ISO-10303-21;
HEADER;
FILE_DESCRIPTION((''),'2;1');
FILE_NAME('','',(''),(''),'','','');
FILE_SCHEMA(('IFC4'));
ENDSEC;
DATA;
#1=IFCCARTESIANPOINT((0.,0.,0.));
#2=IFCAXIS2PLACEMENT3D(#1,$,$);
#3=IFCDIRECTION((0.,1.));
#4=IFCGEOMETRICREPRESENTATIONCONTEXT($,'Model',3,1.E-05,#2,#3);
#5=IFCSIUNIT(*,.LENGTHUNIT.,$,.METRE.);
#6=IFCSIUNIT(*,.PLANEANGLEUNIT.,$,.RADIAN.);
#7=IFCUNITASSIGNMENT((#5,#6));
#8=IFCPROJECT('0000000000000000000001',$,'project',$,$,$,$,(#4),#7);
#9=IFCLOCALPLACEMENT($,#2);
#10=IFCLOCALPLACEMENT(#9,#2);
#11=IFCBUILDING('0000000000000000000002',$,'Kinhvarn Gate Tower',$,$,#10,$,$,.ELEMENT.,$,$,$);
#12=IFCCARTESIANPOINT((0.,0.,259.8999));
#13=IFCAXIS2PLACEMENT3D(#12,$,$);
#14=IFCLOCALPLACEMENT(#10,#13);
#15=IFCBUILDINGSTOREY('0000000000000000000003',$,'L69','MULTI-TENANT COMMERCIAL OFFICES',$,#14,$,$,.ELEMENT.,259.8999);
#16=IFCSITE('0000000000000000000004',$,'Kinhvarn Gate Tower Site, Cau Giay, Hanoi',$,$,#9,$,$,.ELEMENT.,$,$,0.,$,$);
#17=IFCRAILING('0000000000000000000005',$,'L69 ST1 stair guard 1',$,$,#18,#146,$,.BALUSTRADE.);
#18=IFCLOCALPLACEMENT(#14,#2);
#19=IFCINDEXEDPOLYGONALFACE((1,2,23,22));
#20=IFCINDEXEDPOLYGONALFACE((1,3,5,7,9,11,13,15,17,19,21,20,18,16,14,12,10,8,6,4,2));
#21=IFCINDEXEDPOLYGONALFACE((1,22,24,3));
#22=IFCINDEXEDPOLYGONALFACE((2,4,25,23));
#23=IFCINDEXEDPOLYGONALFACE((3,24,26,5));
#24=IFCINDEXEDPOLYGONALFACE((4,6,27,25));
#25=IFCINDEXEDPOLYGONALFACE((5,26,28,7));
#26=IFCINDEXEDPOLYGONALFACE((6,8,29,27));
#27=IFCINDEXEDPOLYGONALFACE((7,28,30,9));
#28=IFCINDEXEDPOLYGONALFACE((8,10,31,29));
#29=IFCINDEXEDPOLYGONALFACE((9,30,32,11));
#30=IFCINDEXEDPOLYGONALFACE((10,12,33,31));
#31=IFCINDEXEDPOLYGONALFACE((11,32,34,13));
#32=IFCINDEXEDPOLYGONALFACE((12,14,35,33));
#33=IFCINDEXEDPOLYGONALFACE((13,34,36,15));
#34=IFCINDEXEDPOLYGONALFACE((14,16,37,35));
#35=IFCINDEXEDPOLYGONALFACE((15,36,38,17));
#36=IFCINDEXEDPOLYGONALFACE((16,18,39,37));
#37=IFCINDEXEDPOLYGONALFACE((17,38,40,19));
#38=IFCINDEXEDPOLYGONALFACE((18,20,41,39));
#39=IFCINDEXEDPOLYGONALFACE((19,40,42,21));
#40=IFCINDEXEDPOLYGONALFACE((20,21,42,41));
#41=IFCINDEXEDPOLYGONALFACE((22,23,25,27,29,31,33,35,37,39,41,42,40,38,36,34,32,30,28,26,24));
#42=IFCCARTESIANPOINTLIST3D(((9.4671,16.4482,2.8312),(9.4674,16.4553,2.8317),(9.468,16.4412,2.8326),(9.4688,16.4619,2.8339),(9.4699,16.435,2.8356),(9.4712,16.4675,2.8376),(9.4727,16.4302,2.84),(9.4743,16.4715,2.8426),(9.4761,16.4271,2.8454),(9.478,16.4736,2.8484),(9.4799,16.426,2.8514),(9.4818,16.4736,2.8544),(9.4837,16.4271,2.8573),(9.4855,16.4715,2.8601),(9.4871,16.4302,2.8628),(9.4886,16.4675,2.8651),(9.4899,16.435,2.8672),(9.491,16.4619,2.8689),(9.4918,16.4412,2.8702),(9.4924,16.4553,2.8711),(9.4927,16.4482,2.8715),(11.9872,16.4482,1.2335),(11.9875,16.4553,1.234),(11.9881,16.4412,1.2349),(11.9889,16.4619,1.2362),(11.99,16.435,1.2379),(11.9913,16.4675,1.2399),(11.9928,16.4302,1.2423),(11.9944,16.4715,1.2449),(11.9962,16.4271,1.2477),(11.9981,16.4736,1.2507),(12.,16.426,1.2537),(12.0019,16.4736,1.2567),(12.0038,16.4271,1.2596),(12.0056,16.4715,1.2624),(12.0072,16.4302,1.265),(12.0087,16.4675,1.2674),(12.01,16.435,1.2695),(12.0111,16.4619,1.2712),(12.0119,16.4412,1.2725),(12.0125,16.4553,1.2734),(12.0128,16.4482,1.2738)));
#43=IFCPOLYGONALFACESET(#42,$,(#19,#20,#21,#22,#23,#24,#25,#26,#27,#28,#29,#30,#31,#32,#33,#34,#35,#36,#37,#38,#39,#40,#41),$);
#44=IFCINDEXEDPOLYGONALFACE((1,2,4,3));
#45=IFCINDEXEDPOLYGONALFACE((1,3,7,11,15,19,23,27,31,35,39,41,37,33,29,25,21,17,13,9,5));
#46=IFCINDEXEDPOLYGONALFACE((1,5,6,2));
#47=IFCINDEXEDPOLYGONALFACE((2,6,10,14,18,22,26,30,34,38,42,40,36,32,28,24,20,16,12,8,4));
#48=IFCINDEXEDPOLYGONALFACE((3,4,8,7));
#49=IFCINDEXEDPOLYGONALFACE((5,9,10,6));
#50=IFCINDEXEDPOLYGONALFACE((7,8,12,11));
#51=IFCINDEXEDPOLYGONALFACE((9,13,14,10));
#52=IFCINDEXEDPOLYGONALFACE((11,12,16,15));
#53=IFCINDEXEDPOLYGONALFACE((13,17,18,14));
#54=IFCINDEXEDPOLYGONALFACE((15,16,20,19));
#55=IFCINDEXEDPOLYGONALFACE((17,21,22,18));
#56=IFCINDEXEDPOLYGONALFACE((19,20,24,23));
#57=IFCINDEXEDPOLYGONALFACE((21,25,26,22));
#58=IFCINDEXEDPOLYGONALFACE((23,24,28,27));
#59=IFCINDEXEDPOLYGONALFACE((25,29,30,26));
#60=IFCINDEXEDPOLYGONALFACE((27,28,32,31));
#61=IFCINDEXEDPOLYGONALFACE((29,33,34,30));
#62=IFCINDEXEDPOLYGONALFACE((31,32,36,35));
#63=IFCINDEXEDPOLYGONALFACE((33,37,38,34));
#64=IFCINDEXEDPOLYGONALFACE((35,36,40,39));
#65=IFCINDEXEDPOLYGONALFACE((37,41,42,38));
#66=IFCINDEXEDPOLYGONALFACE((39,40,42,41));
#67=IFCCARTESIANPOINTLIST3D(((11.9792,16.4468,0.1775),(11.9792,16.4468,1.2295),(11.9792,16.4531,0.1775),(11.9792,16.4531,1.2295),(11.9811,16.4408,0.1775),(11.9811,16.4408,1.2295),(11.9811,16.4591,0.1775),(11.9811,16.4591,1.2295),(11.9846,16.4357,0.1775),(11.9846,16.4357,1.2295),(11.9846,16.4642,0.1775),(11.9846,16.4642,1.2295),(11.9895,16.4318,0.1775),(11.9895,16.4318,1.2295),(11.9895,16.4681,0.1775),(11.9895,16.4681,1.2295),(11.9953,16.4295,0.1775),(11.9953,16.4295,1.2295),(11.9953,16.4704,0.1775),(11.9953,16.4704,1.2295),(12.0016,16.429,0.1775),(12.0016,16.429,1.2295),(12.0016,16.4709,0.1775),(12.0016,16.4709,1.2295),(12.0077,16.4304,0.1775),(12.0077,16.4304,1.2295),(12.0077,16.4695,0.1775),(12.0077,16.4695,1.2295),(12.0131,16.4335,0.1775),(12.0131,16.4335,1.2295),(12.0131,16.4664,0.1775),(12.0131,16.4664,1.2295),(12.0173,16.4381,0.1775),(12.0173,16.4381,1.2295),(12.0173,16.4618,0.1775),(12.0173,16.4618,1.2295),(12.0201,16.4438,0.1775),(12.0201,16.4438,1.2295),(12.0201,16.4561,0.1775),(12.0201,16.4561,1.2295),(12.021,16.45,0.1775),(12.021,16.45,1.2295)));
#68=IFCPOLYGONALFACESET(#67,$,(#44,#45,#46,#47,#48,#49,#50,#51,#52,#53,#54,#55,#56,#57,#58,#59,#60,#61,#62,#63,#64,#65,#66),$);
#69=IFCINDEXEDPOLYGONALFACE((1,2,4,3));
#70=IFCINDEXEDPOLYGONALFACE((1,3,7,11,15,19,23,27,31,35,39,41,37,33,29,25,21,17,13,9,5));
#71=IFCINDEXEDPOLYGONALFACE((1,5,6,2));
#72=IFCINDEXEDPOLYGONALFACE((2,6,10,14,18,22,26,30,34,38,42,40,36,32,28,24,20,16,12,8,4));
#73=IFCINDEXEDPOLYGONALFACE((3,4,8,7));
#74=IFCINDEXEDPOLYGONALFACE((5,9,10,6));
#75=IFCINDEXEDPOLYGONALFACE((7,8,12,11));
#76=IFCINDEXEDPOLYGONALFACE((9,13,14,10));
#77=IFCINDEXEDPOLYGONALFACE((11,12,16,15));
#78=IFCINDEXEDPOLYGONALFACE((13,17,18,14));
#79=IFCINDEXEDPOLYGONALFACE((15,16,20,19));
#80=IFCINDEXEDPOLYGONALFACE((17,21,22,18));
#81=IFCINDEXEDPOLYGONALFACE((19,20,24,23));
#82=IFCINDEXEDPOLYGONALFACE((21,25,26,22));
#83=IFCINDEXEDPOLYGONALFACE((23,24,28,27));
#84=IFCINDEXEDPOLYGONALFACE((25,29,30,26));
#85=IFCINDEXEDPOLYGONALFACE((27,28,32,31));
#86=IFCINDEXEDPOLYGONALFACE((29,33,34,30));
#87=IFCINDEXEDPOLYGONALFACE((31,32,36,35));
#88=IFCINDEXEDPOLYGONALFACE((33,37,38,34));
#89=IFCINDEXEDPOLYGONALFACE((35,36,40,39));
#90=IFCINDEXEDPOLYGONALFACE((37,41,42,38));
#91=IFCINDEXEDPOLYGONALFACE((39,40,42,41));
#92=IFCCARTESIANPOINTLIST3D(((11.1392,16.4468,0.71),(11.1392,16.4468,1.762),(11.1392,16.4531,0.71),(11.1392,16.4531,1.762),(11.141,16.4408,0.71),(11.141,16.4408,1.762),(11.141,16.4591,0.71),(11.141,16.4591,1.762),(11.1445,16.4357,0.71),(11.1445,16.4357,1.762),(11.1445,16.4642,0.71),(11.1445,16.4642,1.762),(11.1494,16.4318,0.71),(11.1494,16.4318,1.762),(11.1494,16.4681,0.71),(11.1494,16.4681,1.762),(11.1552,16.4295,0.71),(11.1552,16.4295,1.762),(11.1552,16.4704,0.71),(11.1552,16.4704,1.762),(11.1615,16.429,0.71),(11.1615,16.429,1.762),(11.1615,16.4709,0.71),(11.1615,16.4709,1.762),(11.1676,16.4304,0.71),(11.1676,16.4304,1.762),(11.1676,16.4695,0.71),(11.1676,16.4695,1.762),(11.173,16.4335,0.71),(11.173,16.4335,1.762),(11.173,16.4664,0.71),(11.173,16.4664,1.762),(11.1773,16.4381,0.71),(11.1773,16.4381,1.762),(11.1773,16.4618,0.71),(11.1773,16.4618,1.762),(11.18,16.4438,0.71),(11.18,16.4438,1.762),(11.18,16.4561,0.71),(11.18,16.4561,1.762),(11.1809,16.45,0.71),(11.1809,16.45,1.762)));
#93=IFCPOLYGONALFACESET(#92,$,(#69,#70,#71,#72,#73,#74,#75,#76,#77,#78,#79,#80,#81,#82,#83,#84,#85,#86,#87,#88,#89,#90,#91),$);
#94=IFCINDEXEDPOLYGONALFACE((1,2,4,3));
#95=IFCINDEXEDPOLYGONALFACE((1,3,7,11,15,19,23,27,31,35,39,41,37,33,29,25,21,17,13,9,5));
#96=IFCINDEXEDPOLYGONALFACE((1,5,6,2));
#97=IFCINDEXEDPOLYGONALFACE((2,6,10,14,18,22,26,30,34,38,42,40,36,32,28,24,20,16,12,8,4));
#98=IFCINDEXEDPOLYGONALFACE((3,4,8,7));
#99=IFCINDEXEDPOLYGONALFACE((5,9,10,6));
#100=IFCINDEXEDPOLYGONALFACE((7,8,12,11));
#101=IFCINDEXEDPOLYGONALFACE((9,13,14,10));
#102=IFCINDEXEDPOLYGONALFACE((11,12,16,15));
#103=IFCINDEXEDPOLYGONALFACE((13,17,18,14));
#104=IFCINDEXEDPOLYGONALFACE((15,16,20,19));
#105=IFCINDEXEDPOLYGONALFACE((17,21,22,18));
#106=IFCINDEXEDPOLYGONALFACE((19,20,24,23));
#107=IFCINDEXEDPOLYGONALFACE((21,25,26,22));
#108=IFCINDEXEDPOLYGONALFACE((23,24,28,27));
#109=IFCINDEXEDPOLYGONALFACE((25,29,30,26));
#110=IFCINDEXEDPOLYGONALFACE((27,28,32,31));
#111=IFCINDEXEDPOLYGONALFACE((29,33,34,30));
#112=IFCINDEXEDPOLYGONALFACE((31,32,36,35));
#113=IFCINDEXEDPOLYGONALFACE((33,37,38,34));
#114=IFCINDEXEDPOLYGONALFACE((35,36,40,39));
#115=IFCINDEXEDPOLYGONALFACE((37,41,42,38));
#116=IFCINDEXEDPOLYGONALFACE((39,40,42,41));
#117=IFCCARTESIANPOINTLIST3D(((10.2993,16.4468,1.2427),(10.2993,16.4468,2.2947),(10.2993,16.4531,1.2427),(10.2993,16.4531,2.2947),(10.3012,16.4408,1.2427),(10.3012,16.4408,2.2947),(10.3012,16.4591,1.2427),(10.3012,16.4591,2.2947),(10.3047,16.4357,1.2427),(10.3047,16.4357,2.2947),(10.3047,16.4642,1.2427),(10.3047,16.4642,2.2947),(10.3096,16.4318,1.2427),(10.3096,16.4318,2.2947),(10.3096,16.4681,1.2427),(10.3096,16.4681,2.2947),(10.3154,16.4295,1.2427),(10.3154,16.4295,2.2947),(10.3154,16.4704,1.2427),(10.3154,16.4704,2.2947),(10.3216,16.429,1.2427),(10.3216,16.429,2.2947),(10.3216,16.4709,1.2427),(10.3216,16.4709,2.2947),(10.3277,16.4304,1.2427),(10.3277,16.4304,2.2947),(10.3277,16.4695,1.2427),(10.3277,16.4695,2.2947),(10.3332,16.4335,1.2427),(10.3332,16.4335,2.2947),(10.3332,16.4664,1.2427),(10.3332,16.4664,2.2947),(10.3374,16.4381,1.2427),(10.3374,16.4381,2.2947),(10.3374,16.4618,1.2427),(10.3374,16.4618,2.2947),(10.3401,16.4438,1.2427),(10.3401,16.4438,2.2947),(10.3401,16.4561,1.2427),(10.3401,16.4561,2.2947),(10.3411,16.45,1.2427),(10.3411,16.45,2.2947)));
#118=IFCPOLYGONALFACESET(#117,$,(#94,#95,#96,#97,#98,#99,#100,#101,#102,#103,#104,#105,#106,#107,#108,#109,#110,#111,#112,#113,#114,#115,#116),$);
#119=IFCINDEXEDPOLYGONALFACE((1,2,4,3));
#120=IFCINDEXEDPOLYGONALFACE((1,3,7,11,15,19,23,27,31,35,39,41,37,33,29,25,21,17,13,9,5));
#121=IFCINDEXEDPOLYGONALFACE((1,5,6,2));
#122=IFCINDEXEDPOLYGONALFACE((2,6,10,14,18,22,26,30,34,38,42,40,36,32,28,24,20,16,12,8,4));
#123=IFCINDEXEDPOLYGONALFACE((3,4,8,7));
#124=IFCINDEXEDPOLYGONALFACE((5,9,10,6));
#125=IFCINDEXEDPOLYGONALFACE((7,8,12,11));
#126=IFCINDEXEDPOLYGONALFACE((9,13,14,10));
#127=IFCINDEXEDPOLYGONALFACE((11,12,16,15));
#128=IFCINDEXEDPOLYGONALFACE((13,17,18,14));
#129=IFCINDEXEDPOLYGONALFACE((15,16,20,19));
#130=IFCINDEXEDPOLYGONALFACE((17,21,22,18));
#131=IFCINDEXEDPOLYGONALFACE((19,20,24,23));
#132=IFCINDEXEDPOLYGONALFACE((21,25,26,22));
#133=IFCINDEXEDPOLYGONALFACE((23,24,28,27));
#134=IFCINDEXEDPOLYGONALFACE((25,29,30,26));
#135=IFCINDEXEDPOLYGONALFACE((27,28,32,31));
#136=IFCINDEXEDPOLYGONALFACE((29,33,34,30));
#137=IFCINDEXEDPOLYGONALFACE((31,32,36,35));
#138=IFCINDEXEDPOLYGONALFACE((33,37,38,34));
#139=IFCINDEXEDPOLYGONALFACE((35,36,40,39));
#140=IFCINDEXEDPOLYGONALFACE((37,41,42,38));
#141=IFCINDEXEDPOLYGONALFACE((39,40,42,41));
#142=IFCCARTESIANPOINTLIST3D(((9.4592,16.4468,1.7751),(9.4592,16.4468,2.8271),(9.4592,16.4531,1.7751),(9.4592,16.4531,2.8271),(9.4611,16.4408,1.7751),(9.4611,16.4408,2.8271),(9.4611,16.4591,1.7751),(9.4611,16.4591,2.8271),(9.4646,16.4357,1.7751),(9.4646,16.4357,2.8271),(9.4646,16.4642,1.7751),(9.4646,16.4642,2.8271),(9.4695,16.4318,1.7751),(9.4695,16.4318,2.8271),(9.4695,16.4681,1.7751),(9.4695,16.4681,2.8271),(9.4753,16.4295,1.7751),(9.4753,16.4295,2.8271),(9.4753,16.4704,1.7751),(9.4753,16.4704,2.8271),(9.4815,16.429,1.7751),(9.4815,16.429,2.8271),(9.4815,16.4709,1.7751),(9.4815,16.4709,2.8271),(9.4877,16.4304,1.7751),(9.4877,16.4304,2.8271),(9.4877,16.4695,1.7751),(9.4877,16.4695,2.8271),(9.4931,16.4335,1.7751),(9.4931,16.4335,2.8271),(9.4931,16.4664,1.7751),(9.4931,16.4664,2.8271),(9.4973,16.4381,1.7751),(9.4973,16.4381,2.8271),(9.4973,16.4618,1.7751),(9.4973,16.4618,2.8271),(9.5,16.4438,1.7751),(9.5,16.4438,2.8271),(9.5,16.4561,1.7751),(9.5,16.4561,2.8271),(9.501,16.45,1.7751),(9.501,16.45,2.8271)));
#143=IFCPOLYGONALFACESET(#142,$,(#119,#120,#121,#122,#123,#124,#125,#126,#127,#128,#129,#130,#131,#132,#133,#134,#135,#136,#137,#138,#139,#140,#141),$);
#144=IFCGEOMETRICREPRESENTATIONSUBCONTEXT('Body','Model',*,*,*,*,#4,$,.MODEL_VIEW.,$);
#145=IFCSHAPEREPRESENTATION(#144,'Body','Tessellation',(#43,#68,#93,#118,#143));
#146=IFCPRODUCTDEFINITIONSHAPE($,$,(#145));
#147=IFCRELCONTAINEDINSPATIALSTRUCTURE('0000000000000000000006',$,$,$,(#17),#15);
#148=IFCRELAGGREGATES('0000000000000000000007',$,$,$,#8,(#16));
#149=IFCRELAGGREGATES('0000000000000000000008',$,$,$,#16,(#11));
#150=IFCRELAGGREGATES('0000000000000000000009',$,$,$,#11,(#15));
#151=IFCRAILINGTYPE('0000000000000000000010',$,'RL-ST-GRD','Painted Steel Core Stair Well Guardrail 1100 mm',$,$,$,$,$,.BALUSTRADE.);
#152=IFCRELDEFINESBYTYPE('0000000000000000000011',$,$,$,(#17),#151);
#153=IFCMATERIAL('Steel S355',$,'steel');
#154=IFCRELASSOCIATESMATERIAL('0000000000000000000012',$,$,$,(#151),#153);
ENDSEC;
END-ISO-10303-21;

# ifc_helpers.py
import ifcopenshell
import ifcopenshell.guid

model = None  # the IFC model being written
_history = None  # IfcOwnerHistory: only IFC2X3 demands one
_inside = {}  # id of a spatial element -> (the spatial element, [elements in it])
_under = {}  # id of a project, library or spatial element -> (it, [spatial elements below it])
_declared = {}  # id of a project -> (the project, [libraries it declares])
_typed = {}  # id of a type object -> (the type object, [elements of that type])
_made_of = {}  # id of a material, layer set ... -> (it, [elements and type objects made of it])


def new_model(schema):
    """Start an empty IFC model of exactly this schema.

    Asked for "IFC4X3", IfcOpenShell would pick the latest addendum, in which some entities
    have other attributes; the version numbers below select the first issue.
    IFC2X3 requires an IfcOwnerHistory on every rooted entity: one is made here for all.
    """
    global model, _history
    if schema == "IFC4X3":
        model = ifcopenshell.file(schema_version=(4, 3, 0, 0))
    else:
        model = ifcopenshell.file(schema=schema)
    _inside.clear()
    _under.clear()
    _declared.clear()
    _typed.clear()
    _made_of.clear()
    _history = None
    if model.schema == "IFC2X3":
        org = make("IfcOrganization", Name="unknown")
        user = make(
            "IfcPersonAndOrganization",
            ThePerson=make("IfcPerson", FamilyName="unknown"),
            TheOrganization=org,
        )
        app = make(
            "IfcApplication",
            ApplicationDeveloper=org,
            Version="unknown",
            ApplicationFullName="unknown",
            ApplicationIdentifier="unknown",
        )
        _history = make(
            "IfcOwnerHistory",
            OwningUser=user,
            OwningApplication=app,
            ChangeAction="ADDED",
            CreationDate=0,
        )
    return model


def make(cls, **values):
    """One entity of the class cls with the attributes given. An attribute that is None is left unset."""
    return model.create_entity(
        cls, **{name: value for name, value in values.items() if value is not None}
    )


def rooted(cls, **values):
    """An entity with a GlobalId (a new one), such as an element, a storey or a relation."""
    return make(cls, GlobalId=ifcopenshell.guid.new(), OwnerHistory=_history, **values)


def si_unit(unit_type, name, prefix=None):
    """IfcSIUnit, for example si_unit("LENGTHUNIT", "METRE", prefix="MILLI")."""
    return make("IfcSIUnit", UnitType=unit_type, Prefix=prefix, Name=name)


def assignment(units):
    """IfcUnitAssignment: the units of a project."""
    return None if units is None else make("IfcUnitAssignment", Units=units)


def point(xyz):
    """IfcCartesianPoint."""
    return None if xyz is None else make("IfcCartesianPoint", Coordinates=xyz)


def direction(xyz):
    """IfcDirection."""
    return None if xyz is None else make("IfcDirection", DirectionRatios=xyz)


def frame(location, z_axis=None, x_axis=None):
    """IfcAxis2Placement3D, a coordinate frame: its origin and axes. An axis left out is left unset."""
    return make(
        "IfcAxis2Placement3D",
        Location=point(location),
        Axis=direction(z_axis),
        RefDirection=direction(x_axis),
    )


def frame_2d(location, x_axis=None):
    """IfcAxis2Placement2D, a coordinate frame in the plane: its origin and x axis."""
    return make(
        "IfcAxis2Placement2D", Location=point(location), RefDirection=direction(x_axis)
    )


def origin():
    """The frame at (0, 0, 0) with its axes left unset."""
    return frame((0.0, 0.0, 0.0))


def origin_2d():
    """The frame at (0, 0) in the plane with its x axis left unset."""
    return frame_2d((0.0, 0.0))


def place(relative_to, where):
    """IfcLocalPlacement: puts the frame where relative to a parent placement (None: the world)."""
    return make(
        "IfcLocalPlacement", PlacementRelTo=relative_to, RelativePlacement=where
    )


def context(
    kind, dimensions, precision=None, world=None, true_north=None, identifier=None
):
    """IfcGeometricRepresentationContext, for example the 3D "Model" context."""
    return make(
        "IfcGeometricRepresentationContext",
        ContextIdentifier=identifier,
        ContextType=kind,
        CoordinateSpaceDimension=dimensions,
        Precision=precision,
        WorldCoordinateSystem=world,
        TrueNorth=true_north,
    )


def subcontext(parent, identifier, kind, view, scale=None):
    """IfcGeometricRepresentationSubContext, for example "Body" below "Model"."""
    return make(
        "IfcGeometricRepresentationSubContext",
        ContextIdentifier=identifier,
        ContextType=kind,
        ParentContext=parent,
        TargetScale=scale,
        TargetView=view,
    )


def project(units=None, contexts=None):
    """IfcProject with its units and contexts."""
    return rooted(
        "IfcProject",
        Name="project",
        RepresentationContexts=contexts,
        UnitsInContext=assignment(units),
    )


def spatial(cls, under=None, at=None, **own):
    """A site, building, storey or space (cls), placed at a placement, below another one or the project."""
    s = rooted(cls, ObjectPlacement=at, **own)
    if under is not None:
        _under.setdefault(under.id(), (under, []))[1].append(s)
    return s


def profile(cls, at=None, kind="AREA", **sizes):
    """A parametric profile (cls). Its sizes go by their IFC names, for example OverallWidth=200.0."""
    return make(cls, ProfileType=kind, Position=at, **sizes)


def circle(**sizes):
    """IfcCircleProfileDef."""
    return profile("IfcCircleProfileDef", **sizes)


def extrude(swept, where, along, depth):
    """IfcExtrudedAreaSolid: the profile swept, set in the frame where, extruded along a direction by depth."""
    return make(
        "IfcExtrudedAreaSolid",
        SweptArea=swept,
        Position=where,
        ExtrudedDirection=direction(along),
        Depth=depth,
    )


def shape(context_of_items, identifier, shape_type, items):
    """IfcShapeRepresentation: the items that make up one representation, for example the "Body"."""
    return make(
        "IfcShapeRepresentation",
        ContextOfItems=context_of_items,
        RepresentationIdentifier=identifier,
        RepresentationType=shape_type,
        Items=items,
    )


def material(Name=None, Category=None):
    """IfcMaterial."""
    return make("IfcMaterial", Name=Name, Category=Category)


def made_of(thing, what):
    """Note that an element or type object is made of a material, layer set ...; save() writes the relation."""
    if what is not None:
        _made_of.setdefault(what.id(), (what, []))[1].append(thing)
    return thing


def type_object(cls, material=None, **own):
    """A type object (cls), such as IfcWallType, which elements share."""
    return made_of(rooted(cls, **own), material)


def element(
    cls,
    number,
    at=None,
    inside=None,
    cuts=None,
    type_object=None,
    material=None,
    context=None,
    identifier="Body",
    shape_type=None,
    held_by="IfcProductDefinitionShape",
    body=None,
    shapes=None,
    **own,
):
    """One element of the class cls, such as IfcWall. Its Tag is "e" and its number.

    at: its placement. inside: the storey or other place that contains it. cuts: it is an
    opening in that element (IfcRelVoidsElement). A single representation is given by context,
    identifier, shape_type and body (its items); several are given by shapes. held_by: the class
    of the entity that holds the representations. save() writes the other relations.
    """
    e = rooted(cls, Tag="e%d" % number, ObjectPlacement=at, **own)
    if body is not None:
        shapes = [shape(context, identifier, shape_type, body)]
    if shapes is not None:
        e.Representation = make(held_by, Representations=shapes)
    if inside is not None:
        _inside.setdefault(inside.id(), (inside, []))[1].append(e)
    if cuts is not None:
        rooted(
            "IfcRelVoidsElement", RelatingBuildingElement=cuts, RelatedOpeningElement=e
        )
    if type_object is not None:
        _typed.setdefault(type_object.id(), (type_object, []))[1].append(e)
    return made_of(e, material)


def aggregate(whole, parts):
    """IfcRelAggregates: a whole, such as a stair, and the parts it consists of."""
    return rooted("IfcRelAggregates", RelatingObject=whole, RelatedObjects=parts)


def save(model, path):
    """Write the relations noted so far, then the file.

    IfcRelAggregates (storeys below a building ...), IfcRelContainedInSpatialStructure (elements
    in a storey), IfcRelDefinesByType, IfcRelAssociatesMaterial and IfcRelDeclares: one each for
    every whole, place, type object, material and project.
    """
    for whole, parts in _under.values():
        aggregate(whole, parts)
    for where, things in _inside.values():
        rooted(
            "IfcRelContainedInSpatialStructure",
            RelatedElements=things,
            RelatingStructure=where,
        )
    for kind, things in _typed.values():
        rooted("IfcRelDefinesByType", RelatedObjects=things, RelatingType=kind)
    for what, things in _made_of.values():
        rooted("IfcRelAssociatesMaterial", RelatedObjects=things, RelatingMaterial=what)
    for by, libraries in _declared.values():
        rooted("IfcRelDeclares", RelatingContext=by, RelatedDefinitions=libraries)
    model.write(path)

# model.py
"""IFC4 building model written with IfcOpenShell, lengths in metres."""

from ifc_helpers import new_model, si_unit, direction, frame, origin, origin_2d, place, context, subcontext, project, spatial, circle, extrude, material, type_object, element, save


model = new_model("IFC4")

# Units and contexts
model_context = context("Model", 3, precision=1e-05, world=origin(), true_north=direction((0.0, 1.0)))
body_context = subcontext(model_context, "Body", "Model", "MODEL_VIEW")
ifc_project = project(units=[si_unit("LENGTHUNIT", "METRE"), si_unit("PLANEANGLEUNIT", "RADIAN")], contexts=[model_context])

# Site, building, storey
site_placement = place(None, origin())
site = spatial("IfcSite", under=ifc_project, at=site_placement, Name="Kinhvarn Gate Tower Site, Cau Giay, Hanoi", CompositionType="ELEMENT", RefElevation=0.0)
building_placement = place(site_placement, origin())
building = spatial("IfcBuilding", under=site, at=building_placement, Name="Kinhvarn Gate Tower", CompositionType="ELEMENT")
storey_placement = place(building_placement, frame((0.0, 0.0, 259.8999)))
storey = spatial("IfcBuildingStorey", under=building, at=storey_placement, Name="L69", Description="MULTI-TENANT COMMERCIAL OFFICES", CompositionType="ELEMENT", Elevation=259.8999)

# Shared definitions
ifc_material_1 = material(Name="Steel S355", Category="steel")

# Railing
railing_type_1 = type_object("IfcRailingType", Name="RL-ST-GRD", Description="Painted Steel Core Stair Well Guardrail 1100 mm", PredefinedType="BALUSTRADE", material=ifc_material_1)
railing_1_placement = place(storey_placement, frame((12.0, 16.45, 0.1775)))
element("IfcRailing", 1, at=railing_1_placement, inside=storey, type_object=railing_type_1, Name="L69 ST1 stair guard 1", PredefinedType="BALUSTRADE", context=body_context, shape_type="SweptSolid", body=[
    extrude(circle(Radius=0.0239, at=origin_2d()), frame((0.0, 0.0, 1.0762), z_axis=(-0.84457, 0.0, 0.535445), x_axis=(0.0, -1.0, 0.0)), (0.0, 0.0, 1.0), 2.9839),
    extrude(circle(Radius=0.021, at=origin_2d()), origin(), (0.0, 0.0, 1.0), 1.052),
    extrude(circle(Radius=0.021, at=origin_2d()), frame((-0.8401, 0.0, 0.5325)), (0.0, 0.0, 1.0), 1.052),
    extrude(circle(Radius=0.021, at=origin_2d()), frame((-1.6799, 0.0, 1.0652)), (0.0, 0.0, 1.0), 1.052),
    extrude(circle(Radius=0.021, at=origin_2d()), frame((-2.52, 0.0, 1.5977)), (0.0, 0.0, 1.0), 1.052),
])

save(model, "model.ifc")
